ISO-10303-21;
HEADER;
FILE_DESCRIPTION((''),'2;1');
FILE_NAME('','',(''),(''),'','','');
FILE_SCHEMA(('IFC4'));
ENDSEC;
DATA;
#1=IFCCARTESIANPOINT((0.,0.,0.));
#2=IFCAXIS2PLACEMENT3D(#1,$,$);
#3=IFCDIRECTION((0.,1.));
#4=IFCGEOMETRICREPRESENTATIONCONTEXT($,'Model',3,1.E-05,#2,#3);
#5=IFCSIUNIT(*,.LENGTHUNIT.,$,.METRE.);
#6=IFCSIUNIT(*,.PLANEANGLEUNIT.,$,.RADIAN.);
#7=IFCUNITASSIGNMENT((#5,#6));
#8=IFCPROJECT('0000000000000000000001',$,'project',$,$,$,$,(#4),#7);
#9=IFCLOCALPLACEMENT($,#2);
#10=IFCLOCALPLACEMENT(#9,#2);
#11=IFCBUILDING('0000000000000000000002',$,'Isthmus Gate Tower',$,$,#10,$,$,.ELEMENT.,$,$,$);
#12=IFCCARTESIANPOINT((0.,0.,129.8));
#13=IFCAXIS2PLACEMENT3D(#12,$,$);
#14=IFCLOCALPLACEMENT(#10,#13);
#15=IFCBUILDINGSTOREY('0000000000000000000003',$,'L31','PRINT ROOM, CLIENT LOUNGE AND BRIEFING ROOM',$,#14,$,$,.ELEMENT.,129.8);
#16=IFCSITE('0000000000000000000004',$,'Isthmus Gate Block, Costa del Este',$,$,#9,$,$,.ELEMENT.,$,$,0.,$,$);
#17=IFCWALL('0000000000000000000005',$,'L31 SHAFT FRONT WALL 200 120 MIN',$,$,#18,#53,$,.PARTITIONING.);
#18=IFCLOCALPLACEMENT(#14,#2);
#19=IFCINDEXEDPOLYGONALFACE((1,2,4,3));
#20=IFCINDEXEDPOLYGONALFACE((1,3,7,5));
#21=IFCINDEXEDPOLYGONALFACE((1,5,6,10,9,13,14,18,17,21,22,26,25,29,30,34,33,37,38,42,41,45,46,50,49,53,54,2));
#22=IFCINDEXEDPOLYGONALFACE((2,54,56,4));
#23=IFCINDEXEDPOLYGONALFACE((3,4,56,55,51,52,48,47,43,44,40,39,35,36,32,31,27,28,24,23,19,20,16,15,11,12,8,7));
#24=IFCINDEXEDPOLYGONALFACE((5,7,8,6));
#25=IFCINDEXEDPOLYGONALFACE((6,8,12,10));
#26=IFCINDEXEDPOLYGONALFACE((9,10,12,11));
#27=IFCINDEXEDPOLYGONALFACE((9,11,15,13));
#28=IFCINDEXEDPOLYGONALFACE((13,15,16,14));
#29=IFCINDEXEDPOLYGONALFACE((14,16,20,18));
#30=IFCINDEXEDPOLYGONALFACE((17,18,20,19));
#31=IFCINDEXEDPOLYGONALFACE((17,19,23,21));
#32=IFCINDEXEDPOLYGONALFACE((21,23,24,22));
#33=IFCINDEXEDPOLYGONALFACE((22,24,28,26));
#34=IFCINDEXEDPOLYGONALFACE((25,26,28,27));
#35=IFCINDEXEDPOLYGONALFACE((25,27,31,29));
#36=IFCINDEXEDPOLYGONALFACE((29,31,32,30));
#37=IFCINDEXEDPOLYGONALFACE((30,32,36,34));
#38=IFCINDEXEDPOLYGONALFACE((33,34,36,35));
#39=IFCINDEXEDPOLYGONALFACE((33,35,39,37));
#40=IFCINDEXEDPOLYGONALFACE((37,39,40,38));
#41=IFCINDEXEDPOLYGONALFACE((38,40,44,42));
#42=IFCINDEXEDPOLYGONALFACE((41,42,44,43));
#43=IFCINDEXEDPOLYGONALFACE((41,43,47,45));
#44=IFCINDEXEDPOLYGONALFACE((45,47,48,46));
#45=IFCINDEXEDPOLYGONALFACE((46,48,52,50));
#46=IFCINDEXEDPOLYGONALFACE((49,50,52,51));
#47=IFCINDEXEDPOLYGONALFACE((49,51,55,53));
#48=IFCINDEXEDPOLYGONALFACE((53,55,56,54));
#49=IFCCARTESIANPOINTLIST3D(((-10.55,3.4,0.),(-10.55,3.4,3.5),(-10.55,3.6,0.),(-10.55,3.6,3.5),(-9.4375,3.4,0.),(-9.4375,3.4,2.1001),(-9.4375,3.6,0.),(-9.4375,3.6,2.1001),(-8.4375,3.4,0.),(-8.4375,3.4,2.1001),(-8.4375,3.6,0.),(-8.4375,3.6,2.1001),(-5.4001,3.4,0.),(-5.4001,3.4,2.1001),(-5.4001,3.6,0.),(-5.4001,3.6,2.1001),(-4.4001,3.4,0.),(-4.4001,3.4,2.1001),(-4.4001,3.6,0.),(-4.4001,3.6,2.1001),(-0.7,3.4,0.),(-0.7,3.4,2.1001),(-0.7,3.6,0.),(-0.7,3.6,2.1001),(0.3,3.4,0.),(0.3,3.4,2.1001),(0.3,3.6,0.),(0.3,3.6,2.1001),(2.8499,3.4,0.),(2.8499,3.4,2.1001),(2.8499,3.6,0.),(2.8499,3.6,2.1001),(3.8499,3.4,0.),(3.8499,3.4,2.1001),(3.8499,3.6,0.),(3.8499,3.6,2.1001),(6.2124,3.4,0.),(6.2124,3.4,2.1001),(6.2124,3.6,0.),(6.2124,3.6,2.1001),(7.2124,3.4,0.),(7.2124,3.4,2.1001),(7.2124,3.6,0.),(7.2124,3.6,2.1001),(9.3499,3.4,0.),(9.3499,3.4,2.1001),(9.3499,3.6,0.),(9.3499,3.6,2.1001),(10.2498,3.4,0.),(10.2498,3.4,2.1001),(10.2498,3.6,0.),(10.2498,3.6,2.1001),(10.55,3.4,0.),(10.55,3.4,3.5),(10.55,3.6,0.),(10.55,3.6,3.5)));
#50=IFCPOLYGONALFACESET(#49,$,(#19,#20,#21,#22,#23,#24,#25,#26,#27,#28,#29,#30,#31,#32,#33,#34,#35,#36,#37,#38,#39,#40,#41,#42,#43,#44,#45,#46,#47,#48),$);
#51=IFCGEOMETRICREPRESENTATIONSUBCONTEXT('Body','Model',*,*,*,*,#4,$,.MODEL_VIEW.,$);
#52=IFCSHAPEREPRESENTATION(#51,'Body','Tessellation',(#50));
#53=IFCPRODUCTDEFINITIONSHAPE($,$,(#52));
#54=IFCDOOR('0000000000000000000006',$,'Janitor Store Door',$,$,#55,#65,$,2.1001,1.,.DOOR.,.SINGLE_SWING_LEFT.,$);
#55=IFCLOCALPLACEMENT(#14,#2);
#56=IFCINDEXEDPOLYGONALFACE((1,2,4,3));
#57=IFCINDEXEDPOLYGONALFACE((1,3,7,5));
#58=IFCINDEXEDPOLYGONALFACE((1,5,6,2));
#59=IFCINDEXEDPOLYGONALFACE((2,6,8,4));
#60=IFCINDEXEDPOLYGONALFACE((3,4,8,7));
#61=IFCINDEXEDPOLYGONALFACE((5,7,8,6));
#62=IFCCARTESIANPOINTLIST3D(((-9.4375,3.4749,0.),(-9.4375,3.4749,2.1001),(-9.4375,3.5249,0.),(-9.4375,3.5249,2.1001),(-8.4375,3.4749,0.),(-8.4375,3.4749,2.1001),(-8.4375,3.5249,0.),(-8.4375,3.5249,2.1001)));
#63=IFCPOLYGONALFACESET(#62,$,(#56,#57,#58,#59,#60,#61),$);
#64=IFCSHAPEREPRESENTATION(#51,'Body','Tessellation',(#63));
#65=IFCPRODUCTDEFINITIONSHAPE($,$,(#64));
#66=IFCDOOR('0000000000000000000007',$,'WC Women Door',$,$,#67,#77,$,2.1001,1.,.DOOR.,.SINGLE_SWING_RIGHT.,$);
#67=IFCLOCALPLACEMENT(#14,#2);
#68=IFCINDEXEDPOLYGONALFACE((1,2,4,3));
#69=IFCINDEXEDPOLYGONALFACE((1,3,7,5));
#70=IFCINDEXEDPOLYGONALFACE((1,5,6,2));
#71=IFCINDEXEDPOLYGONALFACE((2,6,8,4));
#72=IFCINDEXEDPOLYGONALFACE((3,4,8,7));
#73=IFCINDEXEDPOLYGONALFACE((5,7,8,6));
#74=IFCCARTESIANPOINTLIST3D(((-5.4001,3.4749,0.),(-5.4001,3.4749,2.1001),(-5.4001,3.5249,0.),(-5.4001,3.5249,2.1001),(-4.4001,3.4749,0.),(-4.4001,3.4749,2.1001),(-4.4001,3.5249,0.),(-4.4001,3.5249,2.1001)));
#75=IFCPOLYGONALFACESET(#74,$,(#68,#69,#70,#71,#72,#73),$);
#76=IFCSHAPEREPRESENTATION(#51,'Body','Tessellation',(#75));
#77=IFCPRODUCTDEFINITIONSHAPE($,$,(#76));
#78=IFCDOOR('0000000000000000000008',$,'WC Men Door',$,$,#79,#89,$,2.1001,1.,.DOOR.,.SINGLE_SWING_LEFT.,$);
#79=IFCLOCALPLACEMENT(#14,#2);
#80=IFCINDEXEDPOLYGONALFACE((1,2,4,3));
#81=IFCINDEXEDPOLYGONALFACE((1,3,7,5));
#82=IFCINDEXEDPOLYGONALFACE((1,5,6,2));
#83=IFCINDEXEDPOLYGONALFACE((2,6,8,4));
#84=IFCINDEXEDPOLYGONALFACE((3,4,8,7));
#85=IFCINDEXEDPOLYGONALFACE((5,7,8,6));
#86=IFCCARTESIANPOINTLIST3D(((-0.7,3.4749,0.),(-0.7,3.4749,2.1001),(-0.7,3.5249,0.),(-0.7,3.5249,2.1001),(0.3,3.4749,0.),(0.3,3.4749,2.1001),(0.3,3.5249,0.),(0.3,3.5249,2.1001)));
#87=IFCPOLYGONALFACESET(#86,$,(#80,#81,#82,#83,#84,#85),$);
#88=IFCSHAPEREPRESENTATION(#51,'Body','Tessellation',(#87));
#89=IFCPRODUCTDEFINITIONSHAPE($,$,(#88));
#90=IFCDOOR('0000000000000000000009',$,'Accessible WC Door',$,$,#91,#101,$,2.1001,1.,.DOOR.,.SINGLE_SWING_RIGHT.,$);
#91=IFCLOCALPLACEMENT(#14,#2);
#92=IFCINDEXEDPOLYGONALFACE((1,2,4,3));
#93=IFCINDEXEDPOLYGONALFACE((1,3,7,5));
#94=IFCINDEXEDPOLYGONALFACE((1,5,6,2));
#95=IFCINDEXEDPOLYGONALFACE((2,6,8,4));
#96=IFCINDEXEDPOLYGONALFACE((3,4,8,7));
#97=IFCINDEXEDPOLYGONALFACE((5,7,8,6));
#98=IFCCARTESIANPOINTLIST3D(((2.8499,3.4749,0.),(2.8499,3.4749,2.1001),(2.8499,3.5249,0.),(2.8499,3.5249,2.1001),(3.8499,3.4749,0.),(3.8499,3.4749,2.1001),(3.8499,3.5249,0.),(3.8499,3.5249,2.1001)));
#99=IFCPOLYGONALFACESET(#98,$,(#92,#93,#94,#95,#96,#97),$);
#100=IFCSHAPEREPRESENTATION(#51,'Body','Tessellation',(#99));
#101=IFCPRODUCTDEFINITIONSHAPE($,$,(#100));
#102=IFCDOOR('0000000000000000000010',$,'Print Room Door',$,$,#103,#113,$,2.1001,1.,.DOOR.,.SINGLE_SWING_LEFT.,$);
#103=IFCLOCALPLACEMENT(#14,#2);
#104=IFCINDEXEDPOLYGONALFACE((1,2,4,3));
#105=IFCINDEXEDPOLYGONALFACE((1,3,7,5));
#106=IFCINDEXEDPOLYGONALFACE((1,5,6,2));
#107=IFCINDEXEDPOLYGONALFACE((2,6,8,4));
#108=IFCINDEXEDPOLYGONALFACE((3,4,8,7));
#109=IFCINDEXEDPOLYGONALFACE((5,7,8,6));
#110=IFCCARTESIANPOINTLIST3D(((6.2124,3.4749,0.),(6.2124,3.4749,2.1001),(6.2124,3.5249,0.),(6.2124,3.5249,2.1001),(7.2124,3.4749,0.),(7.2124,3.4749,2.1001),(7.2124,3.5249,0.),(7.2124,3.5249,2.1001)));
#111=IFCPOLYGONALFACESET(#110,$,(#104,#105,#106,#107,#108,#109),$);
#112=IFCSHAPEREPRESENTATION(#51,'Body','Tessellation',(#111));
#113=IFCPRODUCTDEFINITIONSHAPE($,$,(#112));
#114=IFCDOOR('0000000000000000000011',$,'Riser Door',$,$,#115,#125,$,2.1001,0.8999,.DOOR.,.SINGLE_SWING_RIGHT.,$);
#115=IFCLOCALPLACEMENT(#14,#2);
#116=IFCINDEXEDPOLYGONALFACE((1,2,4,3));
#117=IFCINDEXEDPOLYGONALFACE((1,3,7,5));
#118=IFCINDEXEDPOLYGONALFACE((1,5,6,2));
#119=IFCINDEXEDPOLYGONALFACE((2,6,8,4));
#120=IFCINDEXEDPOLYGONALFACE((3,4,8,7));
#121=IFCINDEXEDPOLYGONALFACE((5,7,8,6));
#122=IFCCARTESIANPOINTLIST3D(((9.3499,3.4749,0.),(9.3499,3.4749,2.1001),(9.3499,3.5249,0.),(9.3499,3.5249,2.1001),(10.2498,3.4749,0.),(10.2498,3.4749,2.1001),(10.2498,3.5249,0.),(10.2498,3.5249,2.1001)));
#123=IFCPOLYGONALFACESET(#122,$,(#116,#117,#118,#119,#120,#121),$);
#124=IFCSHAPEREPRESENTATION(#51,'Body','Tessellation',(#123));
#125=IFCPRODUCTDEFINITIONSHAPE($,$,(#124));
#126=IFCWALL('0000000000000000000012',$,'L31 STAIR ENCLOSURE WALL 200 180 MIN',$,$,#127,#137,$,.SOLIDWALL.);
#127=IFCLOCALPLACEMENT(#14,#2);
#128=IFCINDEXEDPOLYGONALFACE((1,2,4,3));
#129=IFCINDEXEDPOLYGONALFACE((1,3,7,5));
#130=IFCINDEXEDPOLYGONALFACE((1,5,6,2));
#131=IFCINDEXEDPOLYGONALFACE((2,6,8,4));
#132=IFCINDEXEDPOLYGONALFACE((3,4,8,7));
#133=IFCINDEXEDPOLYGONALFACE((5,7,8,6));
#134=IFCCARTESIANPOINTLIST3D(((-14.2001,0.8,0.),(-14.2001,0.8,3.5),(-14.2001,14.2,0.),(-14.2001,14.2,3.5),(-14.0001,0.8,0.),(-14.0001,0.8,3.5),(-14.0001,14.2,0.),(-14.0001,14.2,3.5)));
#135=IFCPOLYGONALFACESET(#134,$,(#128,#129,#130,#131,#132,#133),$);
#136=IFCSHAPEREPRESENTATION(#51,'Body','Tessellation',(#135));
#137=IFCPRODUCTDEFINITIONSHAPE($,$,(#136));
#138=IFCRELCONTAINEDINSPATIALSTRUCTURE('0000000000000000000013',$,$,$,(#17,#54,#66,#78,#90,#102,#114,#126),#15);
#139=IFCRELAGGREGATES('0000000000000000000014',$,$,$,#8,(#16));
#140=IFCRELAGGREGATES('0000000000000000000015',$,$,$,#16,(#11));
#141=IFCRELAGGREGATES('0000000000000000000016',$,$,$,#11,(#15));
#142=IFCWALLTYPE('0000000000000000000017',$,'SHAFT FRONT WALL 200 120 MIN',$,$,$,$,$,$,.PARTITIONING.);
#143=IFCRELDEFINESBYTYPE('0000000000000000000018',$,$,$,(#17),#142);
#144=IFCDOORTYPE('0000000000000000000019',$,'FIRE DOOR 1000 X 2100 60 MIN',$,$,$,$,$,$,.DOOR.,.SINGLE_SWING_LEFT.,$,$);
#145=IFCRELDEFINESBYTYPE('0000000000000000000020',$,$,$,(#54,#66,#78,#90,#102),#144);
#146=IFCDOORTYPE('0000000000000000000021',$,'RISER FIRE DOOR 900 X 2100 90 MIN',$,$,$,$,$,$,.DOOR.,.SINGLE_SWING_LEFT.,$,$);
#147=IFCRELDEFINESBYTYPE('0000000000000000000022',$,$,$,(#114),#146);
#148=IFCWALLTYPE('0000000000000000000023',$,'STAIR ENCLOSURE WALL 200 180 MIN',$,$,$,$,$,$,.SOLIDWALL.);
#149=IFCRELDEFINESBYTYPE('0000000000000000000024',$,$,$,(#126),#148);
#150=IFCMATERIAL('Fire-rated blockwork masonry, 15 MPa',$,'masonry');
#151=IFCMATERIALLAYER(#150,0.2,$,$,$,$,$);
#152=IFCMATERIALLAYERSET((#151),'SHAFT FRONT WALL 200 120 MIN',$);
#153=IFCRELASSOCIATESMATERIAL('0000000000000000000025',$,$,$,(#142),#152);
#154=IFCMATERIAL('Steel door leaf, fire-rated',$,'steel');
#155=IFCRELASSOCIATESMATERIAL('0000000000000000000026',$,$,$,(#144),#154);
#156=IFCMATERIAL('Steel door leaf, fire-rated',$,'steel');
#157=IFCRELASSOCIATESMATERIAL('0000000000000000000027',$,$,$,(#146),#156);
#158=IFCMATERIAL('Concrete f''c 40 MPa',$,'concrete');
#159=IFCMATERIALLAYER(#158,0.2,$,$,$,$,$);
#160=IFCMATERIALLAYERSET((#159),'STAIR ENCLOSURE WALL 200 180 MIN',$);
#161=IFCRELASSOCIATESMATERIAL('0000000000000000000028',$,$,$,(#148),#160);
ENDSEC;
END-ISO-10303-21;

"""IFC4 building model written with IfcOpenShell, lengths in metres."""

from ifc_helpers import new_model, si_unit, direction, frame, frame_2d, origin, place, context, subcontext, project, spatial, rectangle, extrude, material, layer, layer_set, type_object, element, fill, save


model = new_model("IFC4")

# Units and contexts
model_context = context("Model", 3, precision=1e-05, world=origin(), true_north=direction((0.0, 1.0)))
body_context = subcontext(model_context, "Body", "Model", "MODEL_VIEW")
ifc_project = project(units=[si_unit("LENGTHUNIT", "METRE"), si_unit("PLANEANGLEUNIT", "RADIAN")], contexts=[model_context])

# Site, building, storey
site_placement = place(None, origin())
site = spatial("IfcSite", under=ifc_project, at=site_placement, Name="Isthmus Gate Block, Costa del Este", CompositionType="ELEMENT", RefElevation=0.0)
building_placement = place(site_placement, origin())
building = spatial("IfcBuilding", under=site, at=building_placement, Name="Isthmus Gate Tower", CompositionType="ELEMENT")
storey_placement = place(building_placement, frame((0.0, 0.0, 129.8)))
storey = spatial("IfcBuildingStorey", under=building, at=storey_placement, Name="L31", Description="PRINT ROOM, CLIENT LOUNGE AND BRIEFING ROOM", CompositionType="ELEMENT", Elevation=129.8)

# Wall, openings, doors
ifc_material_1 = material(Name="Fire-rated blockwork masonry, 15 MPa", Category="masonry")
ifc_layer_1 = layer(ifc_material_1, 0.2)
ifc_layer_set_1 = layer_set([ifc_layer_1], Name="SHAFT FRONT WALL 200 120 MIN")
wall_type_1 = type_object("IfcWallType", Name="SHAFT FRONT WALL 200 120 MIN", PredefinedType="PARTITIONING", material=ifc_layer_set_1)
wall_1_placement = place(storey_placement, frame((-10.55, 3.5, 0.0), z_axis=(0.0, 0.0, 1.0), x_axis=(1.0, 0.0, 0.0)))
wall_1 = element("IfcWall", 1, at=wall_1_placement, inside=storey, type_object=wall_type_1, Name="L31 SHAFT FRONT WALL 200 120 MIN", PredefinedType="PARTITIONING", context=body_context, shape_type="SweptSolid", body=[
    extrude(rectangle(XDim=21.1001, YDim=0.2, at=frame_2d((10.55, 0.0))), origin(), (0.0, 0.0, 1.0), 3.5),
])
opening_1_placement = place(wall_1_placement, frame((1.1125, 0.0, 0.0)))
opening_1 = element("IfcOpeningElement", 2, at=opening_1_placement, cuts=wall_1, PredefinedType="OPENING", context=body_context, shape_type="SweptSolid", body=[
    extrude(rectangle(XDim=1.0, YDim=2.1001, at=frame_2d((0.5, 1.05))), frame((0.0, 0.1099, 0.0), z_axis=(0.0, -1.0, 0.0), x_axis=(1.0, 0.0, 0.0)), (0.0, 0.0, 1.0), 0.22),
])
opening_2_placement = place(wall_1_placement, frame((5.1499, 0.0, 0.0)))
opening_2 = element("IfcOpeningElement", 3, at=opening_2_placement, cuts=wall_1, PredefinedType="OPENING", context=body_context, shape_type="SweptSolid", body=[
    extrude(rectangle(XDim=1.0, YDim=2.1001, at=frame_2d((0.5, 1.05))), frame((0.0, 0.1099, 0.0), z_axis=(0.0, -1.0, 0.0), x_axis=(1.0, 0.0, 0.0)), (0.0, 0.0, 1.0), 0.22),
])
opening_3_placement = place(wall_1_placement, frame((9.8501, 0.0, 0.0)))
opening_3 = element("IfcOpeningElement", 4, at=opening_3_placement, cuts=wall_1, PredefinedType="OPENING", context=body_context, shape_type="SweptSolid", body=[
    extrude(rectangle(XDim=1.0, YDim=2.1001, at=frame_2d((0.5, 1.05))), frame((0.0, 0.1099, 0.0), z_axis=(0.0, -1.0, 0.0), x_axis=(1.0, 0.0, 0.0)), (0.0, 0.0, 1.0), 0.22),
])
opening_4_placement = place(wall_1_placement, frame((13.3999, 0.0, 0.0)))
opening_4 = element("IfcOpeningElement", 5, at=opening_4_placement, cuts=wall_1, PredefinedType="OPENING", context=body_context, shape_type="SweptSolid", body=[
    extrude(rectangle(XDim=1.0, YDim=2.1001, at=frame_2d((0.5, 1.05))), frame((0.0, 0.1099, 0.0), z_axis=(0.0, -1.0, 0.0), x_axis=(1.0, 0.0, 0.0)), (0.0, 0.0, 1.0), 0.22),
])
opening_5_placement = place(wall_1_placement, frame((16.7625, 0.0, 0.0)))
opening_5 = element("IfcOpeningElement", 6, at=opening_5_placement, cuts=wall_1, PredefinedType="OPENING", context=body_context, shape_type="SweptSolid", body=[
    extrude(rectangle(XDim=1.0, YDim=2.1001, at=frame_2d((0.5, 1.05))), frame((0.0, 0.1099, 0.0), z_axis=(0.0, -1.0, 0.0), x_axis=(1.0, 0.0, 0.0)), (0.0, 0.0, 1.0), 0.22),
])
opening_6_placement = place(wall_1_placement, frame((19.8999, 0.0, 0.0)))
opening_6 = element("IfcOpeningElement", 7, at=opening_6_placement, cuts=wall_1, PredefinedType="OPENING", context=body_context, shape_type="SweptSolid", body=[
    extrude(rectangle(XDim=0.8999, YDim=2.1001, at=frame_2d((0.45, 1.05))), frame((0.0, 0.1099, 0.0), z_axis=(0.0, -1.0, 0.0), x_axis=(1.0, 0.0, 0.0)), (0.0, 0.0, 1.0), 0.22),
])
ifc_material_2 = material(Name="Steel door leaf, fire-rated", Category="steel")
door_type_1 = type_object("IfcDoorType", Name="FIRE DOOR 1000 X 2100 60 MIN", OperationType="SINGLE_SWING_LEFT", PredefinedType="DOOR", material=ifc_material_2)
door_1_placement = place(opening_1_placement, origin())
door_1 = element("IfcDoor", 8, at=door_1_placement, inside=storey, type_object=door_type_1, Name="Janitor Store Door", OperationType="SINGLE_SWING_LEFT", OverallHeight=2.1001, OverallWidth=1.0, PredefinedType="DOOR", context=body_context, shape_type="SweptSolid", body=[
    extrude(rectangle(XDim=1.0, YDim=2.1001, at=frame_2d((0.5, 1.05))), frame((0.0, 0.0249, 0.0), z_axis=(0.0, -1.0, 0.0), x_axis=(1.0, 0.0, 0.0)), (0.0, 0.0, 1.0), 0.05),
])
fill(opening_1, door_1)
door_2_placement = place(opening_2_placement, origin())
door_2 = element("IfcDoor", 9, at=door_2_placement, inside=storey, type_object=door_type_1, Name="WC Women Door", OperationType="SINGLE_SWING_RIGHT", OverallHeight=2.1001, OverallWidth=1.0, PredefinedType="DOOR", context=body_context, shape_type="SweptSolid", body=[
    extrude(rectangle(XDim=1.0, YDim=2.1001, at=frame_2d((0.5, 1.05))), frame((0.0, 0.0249, 0.0), z_axis=(0.0, -1.0, 0.0), x_axis=(1.0, 0.0, 0.0)), (0.0, 0.0, 1.0), 0.05),
])
fill(opening_2, door_2)
door_3_placement = place(opening_3_placement, origin())
door_3 = element("IfcDoor", 10, at=door_3_placement, inside=storey, type_object=door_type_1, Name="WC Men Door", OperationType="SINGLE_SWING_LEFT", OverallHeight=2.1001, OverallWidth=1.0, PredefinedType="DOOR", context=body_context, shape_type="SweptSolid", body=[
    extrude(rectangle(XDim=1.0, YDim=2.1001, at=frame_2d((0.5, 1.05))), frame((0.0, 0.0249, 0.0), z_axis=(0.0, -1.0, 0.0), x_axis=(1.0, 0.0, 0.0)), (0.0, 0.0, 1.0), 0.05),
])
fill(opening_3, door_3)
door_4_placement = place(opening_4_placement, origin())
door_4 = element("IfcDoor", 11, at=door_4_placement, inside=storey, type_object=door_type_1, Name="Accessible WC Door", OperationType="SINGLE_SWING_RIGHT", OverallHeight=2.1001, OverallWidth=1.0, PredefinedType="DOOR", context=body_context, shape_type="SweptSolid", body=[
    extrude(rectangle(XDim=1.0, YDim=2.1001, at=frame_2d((0.5, 1.05))), frame((0.0, 0.0249, 0.0), z_axis=(0.0, -1.0, 0.0), x_axis=(1.0, 0.0, 0.0)), (0.0, 0.0, 1.0), 0.05),
])
fill(opening_4, door_4)
door_5_placement = place(opening_5_placement, origin())
door_5 = element("IfcDoor", 12, at=door_5_placement, inside=storey, type_object=door_type_1, Name="Print Room Door", OperationType="SINGLE_SWING_LEFT", OverallHeight=2.1001, OverallWidth=1.0, PredefinedType="DOOR", context=body_context, shape_type="SweptSolid", body=[
    extrude(rectangle(XDim=1.0, YDim=2.1001, at=frame_2d((0.5, 1.05))), frame((0.0, 0.0249, 0.0), z_axis=(0.0, -1.0, 0.0), x_axis=(1.0, 0.0, 0.0)), (0.0, 0.0, 1.0), 0.05),
])
fill(opening_5, door_5)
ifc_material_3 = material(Name="Steel door leaf, fire-rated", Category="steel")
door_type_2 = type_object("IfcDoorType", Name="RISER FIRE DOOR 900 X 2100 90 MIN", OperationType="SINGLE_SWING_LEFT", PredefinedType="DOOR", material=ifc_material_3)
door_6_placement = place(opening_6_placement, origin())
door_6 = element("IfcDoor", 13, at=door_6_placement, inside=storey, type_object=door_type_2, Name="Riser Door", OperationType="SINGLE_SWING_RIGHT", OverallHeight=2.1001, OverallWidth=0.8999, PredefinedType="DOOR", context=body_context, shape_type="SweptSolid", body=[
    extrude(rectangle(XDim=0.8999, YDim=2.1001, at=frame_2d((0.45, 1.05))), frame((0.0, 0.0249, 0.0), z_axis=(0.0, -1.0, 0.0), x_axis=(1.0, 0.0, 0.0)), (0.0, 0.0, 1.0), 0.05),
])
fill(opening_6, door_6)

# Wall
ifc_material_4 = material(Name="Concrete f'c 40 MPa", Category="concrete")
ifc_layer_2 = layer(ifc_material_4, 0.2)
ifc_layer_set_2 = layer_set([ifc_layer_2], Name="STAIR ENCLOSURE WALL 200 180 MIN")
wall_type_2 = type_object("IfcWallType", Name="STAIR ENCLOSURE WALL 200 180 MIN", PredefinedType="SOLIDWALL", material=ifc_layer_set_2)
wall_2_placement = place(storey_placement, frame((-14.1001, 0.8, 0.0), z_axis=(0.0, 0.0, 1.0), x_axis=(0.0, 1.0, 0.0)))
element("IfcWall", 14, at=wall_2_placement, inside=storey, type_object=wall_type_2, Name="L31 STAIR ENCLOSURE WALL 200 180 MIN", PredefinedType="SOLIDWALL", context=body_context, shape_type="SweptSolid", body=[
    extrude(rectangle(XDim=13.3999, YDim=0.2, at=frame_2d((6.7, 0.0))), origin(), (0.0, 0.0, 1.0), 3.5),
])

save(model, "model.ifc")
